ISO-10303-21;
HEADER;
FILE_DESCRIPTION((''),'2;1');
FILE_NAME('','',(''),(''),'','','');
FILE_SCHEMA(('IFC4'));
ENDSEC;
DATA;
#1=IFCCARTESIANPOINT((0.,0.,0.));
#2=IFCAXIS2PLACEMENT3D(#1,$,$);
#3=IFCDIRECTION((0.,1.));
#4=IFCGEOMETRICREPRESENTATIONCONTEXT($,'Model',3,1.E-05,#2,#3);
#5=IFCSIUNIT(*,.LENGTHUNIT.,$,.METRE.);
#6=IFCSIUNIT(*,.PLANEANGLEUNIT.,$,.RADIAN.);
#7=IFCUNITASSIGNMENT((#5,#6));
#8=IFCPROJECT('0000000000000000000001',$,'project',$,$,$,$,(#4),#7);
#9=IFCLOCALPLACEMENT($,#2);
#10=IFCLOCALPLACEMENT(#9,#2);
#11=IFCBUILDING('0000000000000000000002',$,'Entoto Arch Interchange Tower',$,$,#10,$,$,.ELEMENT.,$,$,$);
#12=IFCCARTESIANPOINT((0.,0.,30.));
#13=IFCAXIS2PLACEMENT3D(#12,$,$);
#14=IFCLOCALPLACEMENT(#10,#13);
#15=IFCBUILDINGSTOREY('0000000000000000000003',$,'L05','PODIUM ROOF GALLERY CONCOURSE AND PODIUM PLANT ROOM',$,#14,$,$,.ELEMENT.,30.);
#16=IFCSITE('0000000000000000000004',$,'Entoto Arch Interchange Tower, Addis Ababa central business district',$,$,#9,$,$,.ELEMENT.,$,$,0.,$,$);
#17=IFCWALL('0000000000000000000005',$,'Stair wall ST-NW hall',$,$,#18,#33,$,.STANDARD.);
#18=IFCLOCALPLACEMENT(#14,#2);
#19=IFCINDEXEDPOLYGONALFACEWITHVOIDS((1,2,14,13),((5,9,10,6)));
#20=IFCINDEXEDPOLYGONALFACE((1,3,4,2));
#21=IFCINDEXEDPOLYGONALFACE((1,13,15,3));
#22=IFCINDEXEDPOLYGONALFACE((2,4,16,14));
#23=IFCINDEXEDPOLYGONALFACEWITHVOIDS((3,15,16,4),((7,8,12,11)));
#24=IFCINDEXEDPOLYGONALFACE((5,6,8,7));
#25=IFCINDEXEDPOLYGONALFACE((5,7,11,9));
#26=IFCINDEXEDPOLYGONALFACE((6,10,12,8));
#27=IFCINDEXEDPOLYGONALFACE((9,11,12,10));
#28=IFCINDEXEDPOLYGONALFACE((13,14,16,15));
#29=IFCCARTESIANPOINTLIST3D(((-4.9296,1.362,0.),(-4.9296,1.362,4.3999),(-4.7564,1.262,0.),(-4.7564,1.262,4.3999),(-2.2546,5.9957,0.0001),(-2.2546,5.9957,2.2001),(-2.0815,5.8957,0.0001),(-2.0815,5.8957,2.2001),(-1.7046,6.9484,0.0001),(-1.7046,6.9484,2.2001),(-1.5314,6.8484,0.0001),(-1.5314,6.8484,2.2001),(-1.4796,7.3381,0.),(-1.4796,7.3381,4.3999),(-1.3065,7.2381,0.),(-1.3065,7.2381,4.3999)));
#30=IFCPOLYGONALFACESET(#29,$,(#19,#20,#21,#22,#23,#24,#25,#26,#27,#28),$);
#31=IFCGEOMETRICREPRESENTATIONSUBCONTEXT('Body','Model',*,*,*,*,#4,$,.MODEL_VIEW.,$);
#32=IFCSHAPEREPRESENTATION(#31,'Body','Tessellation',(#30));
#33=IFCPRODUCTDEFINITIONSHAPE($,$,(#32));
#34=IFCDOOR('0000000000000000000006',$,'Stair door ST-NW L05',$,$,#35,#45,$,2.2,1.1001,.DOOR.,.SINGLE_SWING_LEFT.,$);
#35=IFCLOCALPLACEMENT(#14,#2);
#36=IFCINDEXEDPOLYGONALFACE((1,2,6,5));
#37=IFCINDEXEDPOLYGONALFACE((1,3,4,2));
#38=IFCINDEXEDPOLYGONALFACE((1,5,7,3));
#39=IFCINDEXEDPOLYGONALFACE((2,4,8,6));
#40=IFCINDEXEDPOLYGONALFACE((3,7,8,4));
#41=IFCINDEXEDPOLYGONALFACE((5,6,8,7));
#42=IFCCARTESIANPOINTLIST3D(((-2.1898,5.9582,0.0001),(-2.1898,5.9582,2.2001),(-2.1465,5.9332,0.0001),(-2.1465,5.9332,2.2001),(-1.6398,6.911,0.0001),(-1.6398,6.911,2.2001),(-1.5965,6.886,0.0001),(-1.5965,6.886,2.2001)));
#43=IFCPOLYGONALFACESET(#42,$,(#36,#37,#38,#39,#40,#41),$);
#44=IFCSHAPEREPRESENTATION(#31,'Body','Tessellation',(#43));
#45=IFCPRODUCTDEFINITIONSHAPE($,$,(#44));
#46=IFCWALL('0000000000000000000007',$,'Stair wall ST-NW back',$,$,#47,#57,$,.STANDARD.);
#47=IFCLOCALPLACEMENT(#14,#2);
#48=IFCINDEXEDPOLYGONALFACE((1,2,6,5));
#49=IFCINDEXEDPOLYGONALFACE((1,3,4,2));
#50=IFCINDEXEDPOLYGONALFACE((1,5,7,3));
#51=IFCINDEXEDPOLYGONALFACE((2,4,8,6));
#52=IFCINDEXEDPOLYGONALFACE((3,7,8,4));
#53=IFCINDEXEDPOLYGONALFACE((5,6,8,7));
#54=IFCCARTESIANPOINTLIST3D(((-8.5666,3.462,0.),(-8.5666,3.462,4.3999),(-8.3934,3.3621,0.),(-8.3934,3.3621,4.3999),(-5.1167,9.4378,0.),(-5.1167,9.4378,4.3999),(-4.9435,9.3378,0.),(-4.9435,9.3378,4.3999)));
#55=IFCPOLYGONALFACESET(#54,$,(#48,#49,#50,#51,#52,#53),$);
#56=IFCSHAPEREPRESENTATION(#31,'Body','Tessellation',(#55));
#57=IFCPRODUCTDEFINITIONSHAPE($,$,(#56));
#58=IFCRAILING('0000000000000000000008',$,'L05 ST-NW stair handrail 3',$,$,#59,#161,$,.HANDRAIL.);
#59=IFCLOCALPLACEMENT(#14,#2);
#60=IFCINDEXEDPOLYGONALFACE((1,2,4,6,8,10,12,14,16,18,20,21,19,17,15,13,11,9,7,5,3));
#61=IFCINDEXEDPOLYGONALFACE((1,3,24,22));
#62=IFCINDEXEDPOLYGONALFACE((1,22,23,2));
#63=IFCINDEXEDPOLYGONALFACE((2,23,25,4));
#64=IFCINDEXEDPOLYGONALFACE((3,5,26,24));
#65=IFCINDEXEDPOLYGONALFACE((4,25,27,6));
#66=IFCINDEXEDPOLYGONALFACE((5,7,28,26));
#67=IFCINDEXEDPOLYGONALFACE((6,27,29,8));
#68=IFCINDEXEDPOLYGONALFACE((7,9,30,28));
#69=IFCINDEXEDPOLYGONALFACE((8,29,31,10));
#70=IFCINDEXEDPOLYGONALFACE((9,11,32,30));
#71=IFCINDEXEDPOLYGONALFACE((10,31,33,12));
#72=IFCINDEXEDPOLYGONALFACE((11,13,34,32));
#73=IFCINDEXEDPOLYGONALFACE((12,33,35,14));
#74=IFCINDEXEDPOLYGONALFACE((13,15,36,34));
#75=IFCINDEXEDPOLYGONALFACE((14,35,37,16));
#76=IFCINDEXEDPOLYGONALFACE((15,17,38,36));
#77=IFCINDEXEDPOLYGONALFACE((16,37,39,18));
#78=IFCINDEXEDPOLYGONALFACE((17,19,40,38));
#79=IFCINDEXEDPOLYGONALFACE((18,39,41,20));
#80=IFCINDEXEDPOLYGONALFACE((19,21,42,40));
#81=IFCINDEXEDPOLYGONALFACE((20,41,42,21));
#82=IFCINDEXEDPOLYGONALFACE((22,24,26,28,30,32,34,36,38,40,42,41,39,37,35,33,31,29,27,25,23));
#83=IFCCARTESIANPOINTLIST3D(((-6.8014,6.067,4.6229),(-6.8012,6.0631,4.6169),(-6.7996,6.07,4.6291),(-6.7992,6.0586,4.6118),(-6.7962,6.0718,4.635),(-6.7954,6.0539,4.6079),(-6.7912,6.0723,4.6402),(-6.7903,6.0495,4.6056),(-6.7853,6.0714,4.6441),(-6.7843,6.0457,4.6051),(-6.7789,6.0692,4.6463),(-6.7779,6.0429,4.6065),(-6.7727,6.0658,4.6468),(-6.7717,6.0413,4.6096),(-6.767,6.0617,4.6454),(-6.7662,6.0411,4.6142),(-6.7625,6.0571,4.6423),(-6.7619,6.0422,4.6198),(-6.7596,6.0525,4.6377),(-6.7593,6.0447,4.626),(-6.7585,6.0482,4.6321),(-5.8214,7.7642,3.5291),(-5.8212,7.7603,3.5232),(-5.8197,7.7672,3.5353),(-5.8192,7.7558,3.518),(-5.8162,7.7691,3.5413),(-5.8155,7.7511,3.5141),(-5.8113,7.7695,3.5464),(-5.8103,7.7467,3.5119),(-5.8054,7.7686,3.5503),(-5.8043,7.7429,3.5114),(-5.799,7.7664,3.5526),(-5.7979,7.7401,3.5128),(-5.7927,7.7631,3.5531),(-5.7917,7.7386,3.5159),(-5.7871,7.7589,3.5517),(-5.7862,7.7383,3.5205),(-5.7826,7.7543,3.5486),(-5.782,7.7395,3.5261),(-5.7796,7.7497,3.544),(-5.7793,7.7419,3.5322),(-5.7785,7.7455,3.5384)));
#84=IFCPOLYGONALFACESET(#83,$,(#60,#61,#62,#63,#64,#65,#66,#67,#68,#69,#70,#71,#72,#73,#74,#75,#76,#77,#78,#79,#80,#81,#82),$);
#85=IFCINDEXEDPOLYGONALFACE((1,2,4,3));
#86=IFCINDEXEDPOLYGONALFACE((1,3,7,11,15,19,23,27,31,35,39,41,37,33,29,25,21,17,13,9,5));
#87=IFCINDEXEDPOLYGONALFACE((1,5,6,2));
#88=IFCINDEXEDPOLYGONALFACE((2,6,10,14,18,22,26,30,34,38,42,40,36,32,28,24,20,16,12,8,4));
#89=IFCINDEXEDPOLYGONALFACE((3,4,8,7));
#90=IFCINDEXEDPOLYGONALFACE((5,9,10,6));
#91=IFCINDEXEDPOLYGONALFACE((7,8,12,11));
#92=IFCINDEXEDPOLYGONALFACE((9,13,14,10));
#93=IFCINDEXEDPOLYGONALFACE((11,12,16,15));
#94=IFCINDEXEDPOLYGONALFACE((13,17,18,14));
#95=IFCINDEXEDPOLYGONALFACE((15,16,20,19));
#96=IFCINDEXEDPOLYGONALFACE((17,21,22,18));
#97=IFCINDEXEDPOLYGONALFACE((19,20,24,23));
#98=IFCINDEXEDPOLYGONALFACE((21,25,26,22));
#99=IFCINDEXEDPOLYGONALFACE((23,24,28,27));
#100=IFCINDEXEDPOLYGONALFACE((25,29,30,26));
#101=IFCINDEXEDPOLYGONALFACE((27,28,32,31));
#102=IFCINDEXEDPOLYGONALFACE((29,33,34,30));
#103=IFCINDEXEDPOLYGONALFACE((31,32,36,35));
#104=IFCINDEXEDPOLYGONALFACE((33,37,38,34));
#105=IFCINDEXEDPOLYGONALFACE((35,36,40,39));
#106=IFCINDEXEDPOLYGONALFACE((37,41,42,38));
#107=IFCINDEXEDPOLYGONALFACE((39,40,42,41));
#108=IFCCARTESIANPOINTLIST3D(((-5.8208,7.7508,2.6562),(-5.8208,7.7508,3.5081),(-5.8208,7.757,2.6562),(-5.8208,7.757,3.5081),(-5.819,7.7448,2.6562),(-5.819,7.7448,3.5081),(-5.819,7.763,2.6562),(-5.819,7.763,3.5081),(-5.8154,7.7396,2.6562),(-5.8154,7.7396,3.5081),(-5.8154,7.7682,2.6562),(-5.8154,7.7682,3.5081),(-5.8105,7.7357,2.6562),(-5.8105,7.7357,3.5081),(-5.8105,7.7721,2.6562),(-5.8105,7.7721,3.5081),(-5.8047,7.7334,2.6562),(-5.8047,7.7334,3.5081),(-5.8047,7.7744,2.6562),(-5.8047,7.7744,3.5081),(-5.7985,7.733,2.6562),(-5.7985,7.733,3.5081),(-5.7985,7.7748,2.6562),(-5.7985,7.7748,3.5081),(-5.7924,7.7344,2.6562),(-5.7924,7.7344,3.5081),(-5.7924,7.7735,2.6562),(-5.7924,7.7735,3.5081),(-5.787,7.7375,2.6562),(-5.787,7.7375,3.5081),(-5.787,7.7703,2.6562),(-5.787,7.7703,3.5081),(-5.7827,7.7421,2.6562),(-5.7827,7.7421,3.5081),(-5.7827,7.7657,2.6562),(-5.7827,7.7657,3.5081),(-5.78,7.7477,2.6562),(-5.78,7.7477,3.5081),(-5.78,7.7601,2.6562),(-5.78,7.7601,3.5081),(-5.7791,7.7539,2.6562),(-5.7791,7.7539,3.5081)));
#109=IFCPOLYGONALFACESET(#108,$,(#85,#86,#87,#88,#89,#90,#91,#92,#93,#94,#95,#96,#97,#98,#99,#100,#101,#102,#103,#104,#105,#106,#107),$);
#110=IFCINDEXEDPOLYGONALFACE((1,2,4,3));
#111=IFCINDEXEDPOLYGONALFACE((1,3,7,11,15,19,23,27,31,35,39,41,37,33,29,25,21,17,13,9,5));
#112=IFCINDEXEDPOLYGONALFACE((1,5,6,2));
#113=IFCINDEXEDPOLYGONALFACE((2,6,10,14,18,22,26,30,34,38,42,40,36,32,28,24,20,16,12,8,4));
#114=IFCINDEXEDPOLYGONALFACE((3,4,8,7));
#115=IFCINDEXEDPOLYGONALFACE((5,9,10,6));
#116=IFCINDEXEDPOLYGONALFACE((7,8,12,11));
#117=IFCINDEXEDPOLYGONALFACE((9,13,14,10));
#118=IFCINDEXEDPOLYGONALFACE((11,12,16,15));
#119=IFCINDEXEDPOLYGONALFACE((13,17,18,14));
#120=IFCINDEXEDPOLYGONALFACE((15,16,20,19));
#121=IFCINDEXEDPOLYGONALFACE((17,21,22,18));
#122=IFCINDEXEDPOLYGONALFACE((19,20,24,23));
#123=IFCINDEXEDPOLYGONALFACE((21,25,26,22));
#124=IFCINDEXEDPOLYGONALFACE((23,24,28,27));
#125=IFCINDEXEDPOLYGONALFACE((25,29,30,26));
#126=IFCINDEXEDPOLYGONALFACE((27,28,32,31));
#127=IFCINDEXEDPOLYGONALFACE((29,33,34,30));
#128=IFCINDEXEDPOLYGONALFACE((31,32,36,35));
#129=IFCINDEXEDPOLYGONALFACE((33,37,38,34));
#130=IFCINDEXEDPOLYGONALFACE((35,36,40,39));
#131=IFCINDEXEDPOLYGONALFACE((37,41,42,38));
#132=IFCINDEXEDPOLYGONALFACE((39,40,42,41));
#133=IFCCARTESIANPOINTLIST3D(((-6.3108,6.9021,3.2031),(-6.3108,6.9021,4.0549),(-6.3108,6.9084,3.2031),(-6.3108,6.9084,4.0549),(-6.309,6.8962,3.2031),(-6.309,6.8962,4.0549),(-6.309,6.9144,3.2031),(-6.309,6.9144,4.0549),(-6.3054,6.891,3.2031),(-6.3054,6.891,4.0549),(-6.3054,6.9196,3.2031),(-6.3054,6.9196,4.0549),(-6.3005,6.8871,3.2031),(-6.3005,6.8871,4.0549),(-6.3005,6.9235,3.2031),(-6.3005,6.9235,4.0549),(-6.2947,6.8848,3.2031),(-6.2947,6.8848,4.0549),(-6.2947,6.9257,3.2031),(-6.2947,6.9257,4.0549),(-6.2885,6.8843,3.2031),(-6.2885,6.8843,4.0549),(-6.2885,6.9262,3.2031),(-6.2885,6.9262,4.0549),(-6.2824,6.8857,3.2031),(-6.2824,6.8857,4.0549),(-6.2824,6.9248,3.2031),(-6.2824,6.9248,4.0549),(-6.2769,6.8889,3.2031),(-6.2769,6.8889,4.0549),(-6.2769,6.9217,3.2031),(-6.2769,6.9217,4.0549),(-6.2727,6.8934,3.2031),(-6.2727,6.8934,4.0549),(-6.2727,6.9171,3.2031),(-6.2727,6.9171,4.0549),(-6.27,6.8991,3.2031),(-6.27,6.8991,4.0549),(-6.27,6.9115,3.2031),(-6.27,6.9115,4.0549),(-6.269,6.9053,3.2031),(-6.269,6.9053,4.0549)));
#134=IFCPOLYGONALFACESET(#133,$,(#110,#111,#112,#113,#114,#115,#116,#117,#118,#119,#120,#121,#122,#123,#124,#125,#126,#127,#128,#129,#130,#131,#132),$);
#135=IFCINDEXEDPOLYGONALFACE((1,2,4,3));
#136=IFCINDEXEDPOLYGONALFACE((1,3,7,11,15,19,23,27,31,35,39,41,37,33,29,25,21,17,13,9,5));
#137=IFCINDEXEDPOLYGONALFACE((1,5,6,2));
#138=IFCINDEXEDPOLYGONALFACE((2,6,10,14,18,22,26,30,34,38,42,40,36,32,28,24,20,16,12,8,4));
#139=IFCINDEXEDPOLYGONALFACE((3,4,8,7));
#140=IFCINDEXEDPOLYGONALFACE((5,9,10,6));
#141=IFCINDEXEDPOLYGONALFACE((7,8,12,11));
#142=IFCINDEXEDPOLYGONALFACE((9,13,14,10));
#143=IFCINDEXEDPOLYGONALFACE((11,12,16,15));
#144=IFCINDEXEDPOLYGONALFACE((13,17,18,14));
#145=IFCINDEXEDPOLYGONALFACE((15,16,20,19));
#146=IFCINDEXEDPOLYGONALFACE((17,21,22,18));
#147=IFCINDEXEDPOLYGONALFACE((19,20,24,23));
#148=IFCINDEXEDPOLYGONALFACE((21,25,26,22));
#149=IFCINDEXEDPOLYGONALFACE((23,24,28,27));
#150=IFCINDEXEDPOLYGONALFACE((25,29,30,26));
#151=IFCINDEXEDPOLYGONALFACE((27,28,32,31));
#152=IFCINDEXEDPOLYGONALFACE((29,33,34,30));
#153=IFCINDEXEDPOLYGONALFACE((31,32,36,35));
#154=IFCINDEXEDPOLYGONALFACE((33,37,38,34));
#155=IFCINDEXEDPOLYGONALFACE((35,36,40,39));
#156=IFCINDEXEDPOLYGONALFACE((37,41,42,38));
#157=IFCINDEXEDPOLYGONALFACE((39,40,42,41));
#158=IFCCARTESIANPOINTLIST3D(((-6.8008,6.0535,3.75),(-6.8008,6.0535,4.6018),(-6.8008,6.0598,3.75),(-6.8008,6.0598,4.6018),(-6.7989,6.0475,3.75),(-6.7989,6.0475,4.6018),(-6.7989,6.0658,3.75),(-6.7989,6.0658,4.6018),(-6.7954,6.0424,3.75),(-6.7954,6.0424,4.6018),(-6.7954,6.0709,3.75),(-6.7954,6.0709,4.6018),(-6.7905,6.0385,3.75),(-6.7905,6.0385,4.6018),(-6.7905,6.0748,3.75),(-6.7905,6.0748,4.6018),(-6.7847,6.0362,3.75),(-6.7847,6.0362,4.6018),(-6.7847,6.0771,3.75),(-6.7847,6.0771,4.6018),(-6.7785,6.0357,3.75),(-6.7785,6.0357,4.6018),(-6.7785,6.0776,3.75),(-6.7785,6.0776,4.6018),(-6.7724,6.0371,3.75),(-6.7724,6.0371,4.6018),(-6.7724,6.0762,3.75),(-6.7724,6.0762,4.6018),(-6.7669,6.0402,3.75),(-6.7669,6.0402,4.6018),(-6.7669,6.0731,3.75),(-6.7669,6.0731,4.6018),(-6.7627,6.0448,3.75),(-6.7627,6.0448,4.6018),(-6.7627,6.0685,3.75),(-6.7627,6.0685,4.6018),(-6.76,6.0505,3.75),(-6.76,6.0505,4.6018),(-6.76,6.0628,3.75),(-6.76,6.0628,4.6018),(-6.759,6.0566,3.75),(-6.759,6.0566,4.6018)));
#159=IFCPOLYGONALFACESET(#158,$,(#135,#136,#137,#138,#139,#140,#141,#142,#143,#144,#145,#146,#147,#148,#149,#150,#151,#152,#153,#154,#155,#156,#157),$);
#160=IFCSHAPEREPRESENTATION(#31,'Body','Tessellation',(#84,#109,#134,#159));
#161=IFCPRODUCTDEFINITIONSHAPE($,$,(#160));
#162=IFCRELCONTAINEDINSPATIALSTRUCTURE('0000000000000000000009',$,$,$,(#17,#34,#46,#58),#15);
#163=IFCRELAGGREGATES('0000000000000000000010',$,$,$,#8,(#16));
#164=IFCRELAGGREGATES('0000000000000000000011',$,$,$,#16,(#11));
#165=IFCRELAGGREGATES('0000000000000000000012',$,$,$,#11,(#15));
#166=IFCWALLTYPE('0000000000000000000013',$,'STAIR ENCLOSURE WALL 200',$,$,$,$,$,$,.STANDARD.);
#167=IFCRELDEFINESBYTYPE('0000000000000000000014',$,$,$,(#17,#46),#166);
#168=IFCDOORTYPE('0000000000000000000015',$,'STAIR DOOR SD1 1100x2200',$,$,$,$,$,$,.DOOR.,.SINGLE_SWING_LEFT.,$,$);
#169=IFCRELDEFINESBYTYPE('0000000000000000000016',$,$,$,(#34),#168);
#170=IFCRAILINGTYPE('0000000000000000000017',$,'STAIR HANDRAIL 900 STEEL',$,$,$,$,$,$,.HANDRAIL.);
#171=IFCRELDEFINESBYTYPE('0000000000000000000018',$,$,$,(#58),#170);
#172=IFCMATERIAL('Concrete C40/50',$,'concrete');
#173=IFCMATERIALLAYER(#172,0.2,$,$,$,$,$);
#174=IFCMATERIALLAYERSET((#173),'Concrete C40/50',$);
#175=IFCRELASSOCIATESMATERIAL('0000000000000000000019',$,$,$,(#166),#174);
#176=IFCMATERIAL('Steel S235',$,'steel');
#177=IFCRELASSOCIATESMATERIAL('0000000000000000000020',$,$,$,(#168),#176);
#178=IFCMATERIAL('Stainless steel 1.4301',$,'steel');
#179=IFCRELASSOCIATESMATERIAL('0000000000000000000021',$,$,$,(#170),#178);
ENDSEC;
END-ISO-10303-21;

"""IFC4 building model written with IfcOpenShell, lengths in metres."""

from ifc_helpers import new_model, si_unit, direction, frame, frame_2d, origin, origin_2d, place, context, subcontext, project, spatial, rectangle, circle, extrude, material, layer, layer_set, type_object, element, fill, save


model = new_model("IFC4")

# Units and contexts
model_context = context("Model", 3, precision=1e-05, world=origin(), true_north=direction((0.0, 1.0)))
body_context = subcontext(model_context, "Body", "Model", "MODEL_VIEW")
ifc_project = project(units=[si_unit("LENGTHUNIT", "METRE"), si_unit("PLANEANGLEUNIT", "RADIAN")], contexts=[model_context])

# Site, building, storey
site_placement = place(None, origin())
site = spatial("IfcSite", under=ifc_project, at=site_placement, Name="Entoto Arch Interchange Tower, Addis Ababa central business district", CompositionType="ELEMENT", RefElevation=0.0)
building_placement = place(site_placement, origin())
building = spatial("IfcBuilding", under=site, at=building_placement, Name="Entoto Arch Interchange Tower", CompositionType="ELEMENT")
storey_placement = place(building_placement, frame((0.0, 0.0, 30.0)))
storey = spatial("IfcBuildingStorey", under=building, at=storey_placement, Name="L05", Description="PODIUM ROOF GALLERY CONCOURSE AND PODIUM PLANT ROOM", CompositionType="ELEMENT", Elevation=30.0)

# Shared definitions
ifc_material_1 = material(Name="Concrete C40/50", Category="concrete")

# Wall, opening, door
ifc_layer_1 = layer(ifc_material_1, 0.2)
ifc_layer_set_1 = layer_set([ifc_layer_1], Name="Concrete C40/50")
wall_type_1 = type_object("IfcWallType", Name="STAIR ENCLOSURE WALL 200", PredefinedType="STANDARD", material=ifc_layer_set_1)
ifc_material_2 = material(Name="Steel S235", Category="steel")
door_type_1 = type_object("IfcDoorType", Name="STAIR DOOR SD1 1100x2200", OperationType="SINGLE_SWING_LEFT", PredefinedType="DOOR", material=ifc_material_2)
wall_1_placement = place(storey_placement, frame((-1.3931, 7.2881, 0.0), z_axis=(0.0, 0.0, 1.0), x_axis=(-0.499963, -0.866047, 0.0)))
wall_1 = element("IfcWall", 1, at=wall_1_placement, inside=storey, type_object=wall_type_1, Name="Stair wall ST-NW hall", PredefinedType="STANDARD", context=body_context, shape_type="SweptSolid", body=[
    extrude(rectangle(XDim=6.9004, YDim=0.2, at=frame_2d((3.4502, 0.0))), origin(), (0.0, 0.0, 1.0), 4.3999),
])
opening_1_placement = place(wall_1_placement, frame((0.45, 0.0, 0.0)))
opening_1 = element("IfcOpeningElement", 2, at=opening_1_placement, cuts=wall_1, PredefinedType="OPENING", context=body_context, shape_type="SweptSolid", body=[
    extrude(rectangle(XDim=1.1001, YDim=2.2, at=frame_2d((0.55, 1.1001))), frame((0.0, 0.1099, 0.0), z_axis=(0.0, -1.0, 0.0), x_axis=(1.0, 0.0, 0.0)), (0.0, 0.0, 1.0), 0.22),
])
door_1_placement = place(opening_1_placement, origin())
door_1 = element("IfcDoor", 3, at=door_1_placement, inside=storey, type_object=door_type_1, Name="Stair door ST-NW L05", OperationType="SINGLE_SWING_LEFT", OverallHeight=2.2, OverallWidth=1.1001, PredefinedType="DOOR", context=body_context, shape_type="SweptSolid", body=[
    extrude(rectangle(XDim=1.1001, YDim=2.2, at=frame_2d((0.55, 1.1001))), frame((0.0, 0.0249, 0.0), z_axis=(0.0, -1.0, 0.0), x_axis=(1.0, 0.0, 0.0)), (0.0, 0.0, 1.0), 0.05),
])
fill(opening_1, door_1)

# Wall
wall_2_placement = place(storey_placement, frame((-5.03, 9.3879, 0.0), z_axis=(0.0, 0.0, 1.0), x_axis=(-0.499979, -0.866038, 0.0)))
element("IfcWall", 4, at=wall_2_placement, inside=storey, type_object=wall_type_1, Name="Stair wall ST-NW back", PredefinedType="STANDARD", context=body_context, shape_type="SweptSolid", body=[
    extrude(rectangle(XDim=6.9001, YDim=0.2, at=frame_2d((3.4502, 0.0))), origin(), (0.0, 0.0, 1.0), 4.3999),
])

# Railing
ifc_material_3 = material(Name="Stainless steel 1.4301", Category="steel")
railing_type = type_object("IfcRailingType", Name="STAIR HANDRAIL 900 STEEL", PredefinedType="HANDRAIL", material=ifc_material_3)
railing_placement = place(storey_placement, frame((-5.8, 7.7539, 2.6562)))
element("IfcRailing", 5, at=railing_placement, inside=storey, type_object=railing_type, Name="L05 ST-NW stair handrail 3", PredefinedType="HANDRAIL", context=body_context, shape_type="SweptSolid", body=[
    extrude(circle(Radius=0.0239, at=origin_2d()), frame((0.0, 0.0, 0.876), z_axis=(-0.436632, -0.75622, 0.487323), x_axis=(0.866011, -0.500024, 0.0)), (0.0, 0.0, 1.0), 2.2444),
    extrude(circle(Radius=0.021, at=origin_2d()), origin(), (0.0, 0.0, 1.0), 0.8518),
    extrude(circle(Radius=0.021, at=origin_2d()), frame((-0.49, -0.8486, 0.5469)), (0.0, 0.0, 1.0), 0.8518),
    extrude(circle(Radius=0.021, at=origin_2d()), frame((-0.98, -1.6973, 1.0938)), (0.0, 0.0, 1.0), 0.8518),
])

save(model, "model.ifc")
